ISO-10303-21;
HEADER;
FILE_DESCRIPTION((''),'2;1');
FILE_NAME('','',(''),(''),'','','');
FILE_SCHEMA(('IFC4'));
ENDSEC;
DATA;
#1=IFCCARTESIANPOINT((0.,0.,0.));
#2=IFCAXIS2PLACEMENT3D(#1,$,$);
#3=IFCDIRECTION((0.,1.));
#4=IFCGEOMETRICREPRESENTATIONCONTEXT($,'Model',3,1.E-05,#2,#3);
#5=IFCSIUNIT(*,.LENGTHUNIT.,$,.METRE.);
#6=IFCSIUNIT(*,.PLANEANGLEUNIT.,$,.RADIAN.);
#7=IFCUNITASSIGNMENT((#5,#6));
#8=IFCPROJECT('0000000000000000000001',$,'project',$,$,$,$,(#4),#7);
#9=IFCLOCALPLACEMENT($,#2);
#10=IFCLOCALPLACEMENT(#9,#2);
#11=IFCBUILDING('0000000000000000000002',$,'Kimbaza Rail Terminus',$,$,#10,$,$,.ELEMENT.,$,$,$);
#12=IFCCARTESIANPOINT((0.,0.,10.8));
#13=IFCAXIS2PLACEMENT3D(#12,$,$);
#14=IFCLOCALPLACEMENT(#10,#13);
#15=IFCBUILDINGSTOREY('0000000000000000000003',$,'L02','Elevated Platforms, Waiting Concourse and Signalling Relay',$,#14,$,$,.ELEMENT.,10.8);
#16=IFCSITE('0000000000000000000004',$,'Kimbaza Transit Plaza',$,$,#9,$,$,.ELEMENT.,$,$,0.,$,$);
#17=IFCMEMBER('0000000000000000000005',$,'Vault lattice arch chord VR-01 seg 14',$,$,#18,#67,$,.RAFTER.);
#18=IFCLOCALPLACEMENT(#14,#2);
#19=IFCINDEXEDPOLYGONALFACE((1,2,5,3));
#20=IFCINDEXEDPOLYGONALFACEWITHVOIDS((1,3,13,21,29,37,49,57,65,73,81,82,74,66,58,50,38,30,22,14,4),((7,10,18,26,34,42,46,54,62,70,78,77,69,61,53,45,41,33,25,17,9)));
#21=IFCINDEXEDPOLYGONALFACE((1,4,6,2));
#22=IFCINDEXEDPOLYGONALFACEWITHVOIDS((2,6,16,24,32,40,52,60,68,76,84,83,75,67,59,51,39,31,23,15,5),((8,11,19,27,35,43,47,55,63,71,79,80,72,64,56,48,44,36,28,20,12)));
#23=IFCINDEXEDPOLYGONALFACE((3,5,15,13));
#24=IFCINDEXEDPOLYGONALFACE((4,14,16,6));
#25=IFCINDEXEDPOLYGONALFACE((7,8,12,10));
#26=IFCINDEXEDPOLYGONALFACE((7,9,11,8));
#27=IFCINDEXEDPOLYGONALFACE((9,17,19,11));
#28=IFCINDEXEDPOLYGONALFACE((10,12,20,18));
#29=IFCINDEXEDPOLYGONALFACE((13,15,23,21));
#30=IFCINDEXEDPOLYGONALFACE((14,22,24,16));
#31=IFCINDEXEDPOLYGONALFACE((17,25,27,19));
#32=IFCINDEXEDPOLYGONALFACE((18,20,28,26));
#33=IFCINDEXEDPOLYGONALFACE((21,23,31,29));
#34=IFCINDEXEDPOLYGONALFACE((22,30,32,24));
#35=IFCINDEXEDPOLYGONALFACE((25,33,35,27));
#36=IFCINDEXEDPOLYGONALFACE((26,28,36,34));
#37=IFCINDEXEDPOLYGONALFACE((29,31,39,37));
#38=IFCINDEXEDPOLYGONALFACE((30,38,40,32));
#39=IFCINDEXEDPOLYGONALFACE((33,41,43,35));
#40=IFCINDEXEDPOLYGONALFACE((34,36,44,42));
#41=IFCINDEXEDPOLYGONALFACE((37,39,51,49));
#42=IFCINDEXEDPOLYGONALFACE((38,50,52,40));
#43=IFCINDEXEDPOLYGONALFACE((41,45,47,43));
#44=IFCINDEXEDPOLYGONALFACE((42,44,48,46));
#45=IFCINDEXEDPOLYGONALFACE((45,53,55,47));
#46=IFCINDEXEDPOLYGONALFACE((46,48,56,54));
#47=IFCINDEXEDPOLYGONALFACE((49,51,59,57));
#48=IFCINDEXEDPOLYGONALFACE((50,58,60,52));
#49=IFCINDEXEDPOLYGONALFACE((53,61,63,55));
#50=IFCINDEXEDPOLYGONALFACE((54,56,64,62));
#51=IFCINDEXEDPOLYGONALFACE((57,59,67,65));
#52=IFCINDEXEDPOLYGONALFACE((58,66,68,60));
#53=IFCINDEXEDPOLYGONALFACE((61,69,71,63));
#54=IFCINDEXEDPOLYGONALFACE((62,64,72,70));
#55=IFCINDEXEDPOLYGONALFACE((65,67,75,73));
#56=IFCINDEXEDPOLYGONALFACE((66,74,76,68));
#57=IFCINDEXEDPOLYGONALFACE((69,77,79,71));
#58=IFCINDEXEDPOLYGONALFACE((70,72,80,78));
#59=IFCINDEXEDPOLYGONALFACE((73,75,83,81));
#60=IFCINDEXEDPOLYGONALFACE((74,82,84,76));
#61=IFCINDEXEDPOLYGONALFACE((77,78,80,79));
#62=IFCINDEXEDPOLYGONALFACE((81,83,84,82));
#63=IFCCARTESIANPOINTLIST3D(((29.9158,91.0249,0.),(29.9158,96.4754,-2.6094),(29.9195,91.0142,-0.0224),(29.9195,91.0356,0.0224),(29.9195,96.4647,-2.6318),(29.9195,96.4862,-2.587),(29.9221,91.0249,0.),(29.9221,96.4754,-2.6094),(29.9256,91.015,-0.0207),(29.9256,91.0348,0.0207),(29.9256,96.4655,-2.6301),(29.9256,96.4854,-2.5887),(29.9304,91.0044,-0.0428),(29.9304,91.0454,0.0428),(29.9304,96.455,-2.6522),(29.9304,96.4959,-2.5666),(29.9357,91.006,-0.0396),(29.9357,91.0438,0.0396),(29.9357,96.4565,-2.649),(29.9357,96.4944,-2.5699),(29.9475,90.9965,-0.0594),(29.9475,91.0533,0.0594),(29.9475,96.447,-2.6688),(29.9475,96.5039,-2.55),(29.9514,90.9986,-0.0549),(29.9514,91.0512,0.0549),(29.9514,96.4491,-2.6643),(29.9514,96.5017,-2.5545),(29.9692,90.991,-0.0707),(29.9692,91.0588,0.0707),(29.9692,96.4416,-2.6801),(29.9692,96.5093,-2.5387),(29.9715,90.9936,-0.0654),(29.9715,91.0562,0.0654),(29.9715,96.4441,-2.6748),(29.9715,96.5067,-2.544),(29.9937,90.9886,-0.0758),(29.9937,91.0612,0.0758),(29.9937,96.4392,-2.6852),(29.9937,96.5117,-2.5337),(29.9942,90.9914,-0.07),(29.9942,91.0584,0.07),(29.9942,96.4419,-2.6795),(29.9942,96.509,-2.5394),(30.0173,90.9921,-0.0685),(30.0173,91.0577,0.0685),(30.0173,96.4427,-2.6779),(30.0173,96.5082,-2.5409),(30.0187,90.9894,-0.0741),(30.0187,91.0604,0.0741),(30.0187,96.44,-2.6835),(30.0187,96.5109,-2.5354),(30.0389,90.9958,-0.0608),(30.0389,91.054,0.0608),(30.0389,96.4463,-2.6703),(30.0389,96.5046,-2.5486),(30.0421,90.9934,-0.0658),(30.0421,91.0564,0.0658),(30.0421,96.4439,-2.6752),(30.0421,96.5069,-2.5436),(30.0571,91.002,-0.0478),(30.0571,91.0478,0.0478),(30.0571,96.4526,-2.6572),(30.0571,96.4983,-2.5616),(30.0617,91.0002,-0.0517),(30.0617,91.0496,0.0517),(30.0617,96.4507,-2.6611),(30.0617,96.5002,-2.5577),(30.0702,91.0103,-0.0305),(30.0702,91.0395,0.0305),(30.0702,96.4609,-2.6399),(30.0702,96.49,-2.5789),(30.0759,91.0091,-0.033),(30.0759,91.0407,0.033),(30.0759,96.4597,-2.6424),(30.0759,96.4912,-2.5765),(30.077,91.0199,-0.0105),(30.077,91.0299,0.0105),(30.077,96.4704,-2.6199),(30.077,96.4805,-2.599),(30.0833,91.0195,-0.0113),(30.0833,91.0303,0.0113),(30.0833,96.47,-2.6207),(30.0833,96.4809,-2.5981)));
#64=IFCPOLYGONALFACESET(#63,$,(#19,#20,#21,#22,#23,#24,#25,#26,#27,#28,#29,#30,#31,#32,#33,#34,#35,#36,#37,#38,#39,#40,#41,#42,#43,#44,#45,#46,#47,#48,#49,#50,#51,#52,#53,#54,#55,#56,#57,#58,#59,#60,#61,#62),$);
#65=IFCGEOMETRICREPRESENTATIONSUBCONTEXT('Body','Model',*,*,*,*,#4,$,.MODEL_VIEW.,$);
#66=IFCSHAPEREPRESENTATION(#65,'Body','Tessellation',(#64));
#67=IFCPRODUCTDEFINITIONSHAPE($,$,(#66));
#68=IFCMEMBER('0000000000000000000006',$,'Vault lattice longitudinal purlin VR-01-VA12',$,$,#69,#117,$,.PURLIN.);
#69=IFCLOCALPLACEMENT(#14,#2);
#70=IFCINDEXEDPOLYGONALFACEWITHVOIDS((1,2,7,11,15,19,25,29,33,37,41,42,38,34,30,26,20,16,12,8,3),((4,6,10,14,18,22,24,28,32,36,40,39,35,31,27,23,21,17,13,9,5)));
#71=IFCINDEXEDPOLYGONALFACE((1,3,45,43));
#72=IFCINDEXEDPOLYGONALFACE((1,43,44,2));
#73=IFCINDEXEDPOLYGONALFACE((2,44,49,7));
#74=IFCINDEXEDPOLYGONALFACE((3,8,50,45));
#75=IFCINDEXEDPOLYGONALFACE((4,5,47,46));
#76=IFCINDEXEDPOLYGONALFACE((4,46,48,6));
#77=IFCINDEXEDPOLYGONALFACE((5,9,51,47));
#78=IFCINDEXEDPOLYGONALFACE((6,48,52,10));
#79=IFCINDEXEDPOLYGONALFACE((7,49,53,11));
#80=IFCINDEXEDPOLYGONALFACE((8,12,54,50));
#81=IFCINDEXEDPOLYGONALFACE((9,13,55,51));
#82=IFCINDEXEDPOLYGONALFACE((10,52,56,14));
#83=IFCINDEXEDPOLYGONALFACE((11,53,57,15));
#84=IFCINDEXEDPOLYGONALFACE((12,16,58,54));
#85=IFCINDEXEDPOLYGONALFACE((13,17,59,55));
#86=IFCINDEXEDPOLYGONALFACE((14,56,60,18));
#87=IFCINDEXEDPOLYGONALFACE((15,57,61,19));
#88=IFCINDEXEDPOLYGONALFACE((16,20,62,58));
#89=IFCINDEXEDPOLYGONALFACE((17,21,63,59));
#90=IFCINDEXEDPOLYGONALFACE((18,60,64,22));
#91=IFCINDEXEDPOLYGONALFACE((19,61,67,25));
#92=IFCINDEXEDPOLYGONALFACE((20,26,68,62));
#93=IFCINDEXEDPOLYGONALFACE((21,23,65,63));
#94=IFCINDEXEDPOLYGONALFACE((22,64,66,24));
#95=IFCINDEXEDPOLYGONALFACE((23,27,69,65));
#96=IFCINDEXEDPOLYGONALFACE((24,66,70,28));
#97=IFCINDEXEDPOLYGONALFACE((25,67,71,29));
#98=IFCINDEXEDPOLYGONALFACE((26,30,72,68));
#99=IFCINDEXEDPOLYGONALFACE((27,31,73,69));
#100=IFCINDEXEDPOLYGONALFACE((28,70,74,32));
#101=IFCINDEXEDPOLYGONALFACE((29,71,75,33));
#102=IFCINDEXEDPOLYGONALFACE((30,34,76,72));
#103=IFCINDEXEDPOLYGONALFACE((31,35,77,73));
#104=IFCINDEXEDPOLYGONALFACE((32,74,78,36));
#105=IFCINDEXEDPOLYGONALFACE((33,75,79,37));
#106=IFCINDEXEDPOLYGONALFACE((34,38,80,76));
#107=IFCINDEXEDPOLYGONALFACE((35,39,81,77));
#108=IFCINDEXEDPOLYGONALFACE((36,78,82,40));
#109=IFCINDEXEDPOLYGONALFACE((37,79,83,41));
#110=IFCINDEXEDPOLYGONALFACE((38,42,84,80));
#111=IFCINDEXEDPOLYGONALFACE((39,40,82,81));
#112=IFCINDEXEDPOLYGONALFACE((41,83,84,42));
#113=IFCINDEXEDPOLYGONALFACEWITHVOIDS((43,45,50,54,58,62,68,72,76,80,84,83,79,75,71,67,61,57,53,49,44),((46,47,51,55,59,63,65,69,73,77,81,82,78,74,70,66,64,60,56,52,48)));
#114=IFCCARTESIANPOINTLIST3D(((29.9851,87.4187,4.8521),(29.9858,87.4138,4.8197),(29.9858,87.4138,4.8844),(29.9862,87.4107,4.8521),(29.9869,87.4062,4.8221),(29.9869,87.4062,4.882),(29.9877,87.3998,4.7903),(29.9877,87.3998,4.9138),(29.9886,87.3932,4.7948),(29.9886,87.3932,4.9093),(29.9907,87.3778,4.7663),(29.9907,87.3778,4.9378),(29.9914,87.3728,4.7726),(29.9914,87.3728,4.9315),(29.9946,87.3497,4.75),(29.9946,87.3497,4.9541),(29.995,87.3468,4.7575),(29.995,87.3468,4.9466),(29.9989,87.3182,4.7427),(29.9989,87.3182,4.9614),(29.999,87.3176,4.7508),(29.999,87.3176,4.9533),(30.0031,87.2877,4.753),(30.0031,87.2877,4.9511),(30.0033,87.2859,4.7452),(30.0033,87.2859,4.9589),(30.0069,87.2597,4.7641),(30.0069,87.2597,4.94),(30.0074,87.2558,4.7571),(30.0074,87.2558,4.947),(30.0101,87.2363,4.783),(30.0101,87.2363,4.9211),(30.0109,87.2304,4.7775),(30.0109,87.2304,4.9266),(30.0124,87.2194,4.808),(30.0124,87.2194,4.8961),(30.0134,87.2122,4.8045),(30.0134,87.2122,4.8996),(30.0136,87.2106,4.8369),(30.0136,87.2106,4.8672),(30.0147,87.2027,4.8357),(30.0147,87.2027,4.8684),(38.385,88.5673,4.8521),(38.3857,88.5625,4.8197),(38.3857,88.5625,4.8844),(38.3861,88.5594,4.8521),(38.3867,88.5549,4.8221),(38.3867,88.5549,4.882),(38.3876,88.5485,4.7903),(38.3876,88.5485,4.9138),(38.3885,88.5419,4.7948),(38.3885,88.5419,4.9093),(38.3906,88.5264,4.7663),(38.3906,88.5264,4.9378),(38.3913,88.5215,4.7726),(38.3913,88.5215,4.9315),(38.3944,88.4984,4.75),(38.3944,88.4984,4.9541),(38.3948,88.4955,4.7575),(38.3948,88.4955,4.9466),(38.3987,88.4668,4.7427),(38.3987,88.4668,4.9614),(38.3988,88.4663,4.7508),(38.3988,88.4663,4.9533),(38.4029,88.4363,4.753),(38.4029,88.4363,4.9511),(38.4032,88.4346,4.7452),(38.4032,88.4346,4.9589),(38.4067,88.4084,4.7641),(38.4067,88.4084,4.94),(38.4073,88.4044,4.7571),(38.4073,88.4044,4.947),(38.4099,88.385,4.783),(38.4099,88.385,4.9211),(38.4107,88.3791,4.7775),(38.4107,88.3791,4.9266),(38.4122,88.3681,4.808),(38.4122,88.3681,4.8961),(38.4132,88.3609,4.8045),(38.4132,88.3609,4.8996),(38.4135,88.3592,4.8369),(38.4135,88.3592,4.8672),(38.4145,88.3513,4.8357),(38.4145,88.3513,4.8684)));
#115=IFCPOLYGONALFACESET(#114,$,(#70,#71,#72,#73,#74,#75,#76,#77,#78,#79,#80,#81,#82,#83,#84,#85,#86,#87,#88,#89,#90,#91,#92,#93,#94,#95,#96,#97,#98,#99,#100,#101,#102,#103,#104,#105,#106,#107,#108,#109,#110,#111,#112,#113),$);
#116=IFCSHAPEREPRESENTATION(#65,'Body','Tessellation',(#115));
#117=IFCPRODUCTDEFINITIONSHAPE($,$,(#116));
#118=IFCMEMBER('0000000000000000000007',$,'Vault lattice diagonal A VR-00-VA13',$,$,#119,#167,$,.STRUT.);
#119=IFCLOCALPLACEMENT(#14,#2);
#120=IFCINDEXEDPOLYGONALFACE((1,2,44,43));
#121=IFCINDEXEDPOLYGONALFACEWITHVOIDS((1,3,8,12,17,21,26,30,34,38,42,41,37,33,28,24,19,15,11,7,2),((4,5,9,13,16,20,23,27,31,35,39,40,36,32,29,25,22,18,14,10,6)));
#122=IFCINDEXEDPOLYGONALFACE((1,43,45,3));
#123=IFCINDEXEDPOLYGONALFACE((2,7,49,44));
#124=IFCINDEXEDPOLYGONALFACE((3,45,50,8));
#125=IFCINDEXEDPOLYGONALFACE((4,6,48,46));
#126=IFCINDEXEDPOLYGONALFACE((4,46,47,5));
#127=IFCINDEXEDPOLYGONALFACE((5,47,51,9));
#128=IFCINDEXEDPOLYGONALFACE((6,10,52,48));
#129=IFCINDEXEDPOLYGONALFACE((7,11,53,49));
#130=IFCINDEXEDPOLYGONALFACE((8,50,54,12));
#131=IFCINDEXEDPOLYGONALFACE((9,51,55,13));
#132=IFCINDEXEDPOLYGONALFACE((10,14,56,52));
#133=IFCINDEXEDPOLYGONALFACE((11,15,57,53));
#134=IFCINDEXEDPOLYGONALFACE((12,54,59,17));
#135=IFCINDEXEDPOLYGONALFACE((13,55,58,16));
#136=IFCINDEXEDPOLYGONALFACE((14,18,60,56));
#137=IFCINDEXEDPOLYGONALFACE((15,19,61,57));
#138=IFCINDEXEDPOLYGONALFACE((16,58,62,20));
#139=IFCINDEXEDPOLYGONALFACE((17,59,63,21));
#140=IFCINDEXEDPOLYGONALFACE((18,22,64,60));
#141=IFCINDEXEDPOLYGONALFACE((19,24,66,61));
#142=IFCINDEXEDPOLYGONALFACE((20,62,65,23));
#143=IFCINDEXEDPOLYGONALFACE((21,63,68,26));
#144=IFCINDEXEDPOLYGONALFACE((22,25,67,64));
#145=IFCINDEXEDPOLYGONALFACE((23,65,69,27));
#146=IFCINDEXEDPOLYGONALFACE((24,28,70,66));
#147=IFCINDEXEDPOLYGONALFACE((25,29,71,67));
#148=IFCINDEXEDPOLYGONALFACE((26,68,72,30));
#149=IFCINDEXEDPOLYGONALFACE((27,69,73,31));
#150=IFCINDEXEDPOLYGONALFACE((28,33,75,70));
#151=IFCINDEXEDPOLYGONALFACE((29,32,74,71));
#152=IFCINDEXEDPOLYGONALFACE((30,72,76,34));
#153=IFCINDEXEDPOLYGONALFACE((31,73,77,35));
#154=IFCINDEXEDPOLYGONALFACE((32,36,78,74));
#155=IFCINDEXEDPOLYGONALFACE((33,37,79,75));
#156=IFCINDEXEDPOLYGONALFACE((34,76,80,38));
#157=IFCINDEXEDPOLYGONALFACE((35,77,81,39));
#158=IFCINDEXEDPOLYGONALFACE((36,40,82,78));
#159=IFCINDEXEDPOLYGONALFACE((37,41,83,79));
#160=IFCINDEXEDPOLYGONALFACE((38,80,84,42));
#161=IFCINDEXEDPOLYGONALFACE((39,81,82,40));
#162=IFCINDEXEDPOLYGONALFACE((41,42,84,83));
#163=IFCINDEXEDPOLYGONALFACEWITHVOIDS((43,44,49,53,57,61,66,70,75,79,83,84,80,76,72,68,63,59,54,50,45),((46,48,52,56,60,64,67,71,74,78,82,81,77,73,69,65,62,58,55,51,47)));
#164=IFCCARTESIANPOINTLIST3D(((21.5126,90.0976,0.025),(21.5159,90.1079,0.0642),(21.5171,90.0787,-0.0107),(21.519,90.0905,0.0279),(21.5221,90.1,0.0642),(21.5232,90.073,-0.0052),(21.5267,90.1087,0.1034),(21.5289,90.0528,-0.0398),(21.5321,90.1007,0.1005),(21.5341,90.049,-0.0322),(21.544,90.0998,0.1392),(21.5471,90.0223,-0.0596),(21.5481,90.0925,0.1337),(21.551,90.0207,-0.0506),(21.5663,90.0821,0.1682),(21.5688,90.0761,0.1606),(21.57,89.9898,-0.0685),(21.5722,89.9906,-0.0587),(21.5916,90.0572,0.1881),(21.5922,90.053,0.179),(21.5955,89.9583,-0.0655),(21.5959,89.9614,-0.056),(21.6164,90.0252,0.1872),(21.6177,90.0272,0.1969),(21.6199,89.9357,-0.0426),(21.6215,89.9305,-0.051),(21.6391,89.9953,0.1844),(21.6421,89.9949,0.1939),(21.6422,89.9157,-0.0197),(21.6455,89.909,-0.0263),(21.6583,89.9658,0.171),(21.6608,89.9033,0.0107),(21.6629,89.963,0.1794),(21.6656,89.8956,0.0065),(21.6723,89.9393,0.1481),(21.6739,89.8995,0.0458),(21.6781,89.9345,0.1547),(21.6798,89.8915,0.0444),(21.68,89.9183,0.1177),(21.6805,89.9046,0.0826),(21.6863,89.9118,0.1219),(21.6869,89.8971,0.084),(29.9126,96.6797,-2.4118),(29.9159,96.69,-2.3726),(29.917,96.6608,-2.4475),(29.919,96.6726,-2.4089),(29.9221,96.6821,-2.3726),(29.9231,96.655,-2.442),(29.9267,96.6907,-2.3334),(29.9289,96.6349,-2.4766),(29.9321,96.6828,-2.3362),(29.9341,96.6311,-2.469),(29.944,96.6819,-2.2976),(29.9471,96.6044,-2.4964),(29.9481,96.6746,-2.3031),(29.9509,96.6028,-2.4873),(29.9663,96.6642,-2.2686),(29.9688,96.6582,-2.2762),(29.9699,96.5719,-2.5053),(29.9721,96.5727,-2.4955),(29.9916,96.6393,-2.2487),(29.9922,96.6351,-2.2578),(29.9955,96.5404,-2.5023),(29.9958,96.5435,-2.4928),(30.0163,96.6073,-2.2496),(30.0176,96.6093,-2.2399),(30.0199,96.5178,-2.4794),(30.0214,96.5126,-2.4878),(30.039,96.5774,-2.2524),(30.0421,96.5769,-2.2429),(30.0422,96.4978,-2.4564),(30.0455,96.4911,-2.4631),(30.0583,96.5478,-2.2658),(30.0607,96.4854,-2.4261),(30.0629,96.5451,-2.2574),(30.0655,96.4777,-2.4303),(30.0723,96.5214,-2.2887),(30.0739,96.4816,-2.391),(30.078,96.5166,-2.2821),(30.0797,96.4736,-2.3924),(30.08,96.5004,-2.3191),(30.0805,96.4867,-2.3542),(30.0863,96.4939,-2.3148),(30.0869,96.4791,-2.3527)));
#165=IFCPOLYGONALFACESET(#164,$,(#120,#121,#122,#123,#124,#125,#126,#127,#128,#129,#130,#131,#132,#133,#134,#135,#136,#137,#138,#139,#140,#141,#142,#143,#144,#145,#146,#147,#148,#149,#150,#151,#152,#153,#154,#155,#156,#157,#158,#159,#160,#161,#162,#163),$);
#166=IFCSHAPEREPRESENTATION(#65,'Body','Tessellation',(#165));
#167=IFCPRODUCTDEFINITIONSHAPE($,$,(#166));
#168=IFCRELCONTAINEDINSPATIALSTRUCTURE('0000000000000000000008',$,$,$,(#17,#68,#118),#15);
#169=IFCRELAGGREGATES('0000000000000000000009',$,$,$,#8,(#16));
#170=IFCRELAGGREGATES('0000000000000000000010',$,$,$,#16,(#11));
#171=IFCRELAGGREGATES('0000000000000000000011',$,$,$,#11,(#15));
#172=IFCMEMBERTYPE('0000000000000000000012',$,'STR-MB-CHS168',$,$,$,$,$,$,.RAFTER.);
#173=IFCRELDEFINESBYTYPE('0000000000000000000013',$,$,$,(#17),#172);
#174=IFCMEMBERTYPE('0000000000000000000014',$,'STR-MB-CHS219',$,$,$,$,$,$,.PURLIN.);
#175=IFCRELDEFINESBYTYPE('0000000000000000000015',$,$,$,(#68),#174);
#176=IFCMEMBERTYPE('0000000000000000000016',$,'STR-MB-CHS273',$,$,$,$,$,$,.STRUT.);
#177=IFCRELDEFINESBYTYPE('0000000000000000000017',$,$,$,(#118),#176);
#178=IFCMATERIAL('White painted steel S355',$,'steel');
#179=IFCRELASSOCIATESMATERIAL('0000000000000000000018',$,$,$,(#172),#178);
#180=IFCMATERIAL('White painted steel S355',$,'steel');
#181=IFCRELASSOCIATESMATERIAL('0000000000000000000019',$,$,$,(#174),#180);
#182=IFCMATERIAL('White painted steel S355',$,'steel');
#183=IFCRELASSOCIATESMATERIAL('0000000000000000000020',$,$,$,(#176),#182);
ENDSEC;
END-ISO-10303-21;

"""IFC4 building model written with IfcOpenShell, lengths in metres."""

from ifc_helpers import new_model, si_unit, direction, frame, origin, origin_2d, place, context, subcontext, project, spatial, hollow_circle, extrude, material, material_profile, profile_set, type_object, element, save


model = new_model("IFC4")

# Units and contexts
model_context = context("Model", 3, precision=1e-05, world=origin(), true_north=direction((0.0, 1.0)))
body_context = subcontext(model_context, "Body", "Model", "MODEL_VIEW")
ifc_project = project(units=[si_unit("LENGTHUNIT", "METRE"), si_unit("PLANEANGLEUNIT", "RADIAN")], contexts=[model_context])

# Site, building, storey
site_placement = place(None, origin())
site = spatial("IfcSite", under=ifc_project, at=site_placement, Name="Kimbaza Transit Plaza", CompositionType="ELEMENT", RefElevation=0.0)
building_placement = place(site_placement, origin())
building = spatial("IfcBuilding", under=site, at=building_placement, Name="Kimbaza Rail Terminus", CompositionType="ELEMENT")
storey_placement = place(building_placement, frame((0.0, 0.0, 10.8)))
storey = spatial("IfcBuildingStorey", under=building, at=storey_placement, Name="L02", Description="Elevated Platforms, Waiting Concourse and Signalling Relay", CompositionType="ELEMENT", Elevation=10.8)

# Members
ifc_material_1 = material(Name="White painted steel S355", Category="steel")
ifc_material_profile_1 = material_profile(ifc_material_1, hollow_circle(Radius=0.0842, WallThickness=0.0063, at=origin_2d()), Name="CHS 168.3x6.3")
ifc_profile_set_1 = profile_set([ifc_material_profile_1], Name="White painted steel S355")
member_type_1 = type_object("IfcMemberType", Name="STR-MB-CHS168", PredefinedType="RAFTER", material=ifc_profile_set_1)
for number, where, z_axis, x_axis, name in (
    (1, (30.0, 91.0249, 0.0), (0.0, 0.901964, -0.431811), (-1.0, 0.0, 0.0), "Vault lattice arch chord VR-01 seg 14"),
):
    element("IfcMember", number, at=place(storey_placement, frame(where, z_axis=z_axis, x_axis=x_axis)), inside=storey, type_object=member_type_1, Name=name, PredefinedType="RAFTER", context=body_context, shape_type="SweptSolid", body=[
        extrude(hollow_circle(Radius=0.0842, WallThickness=0.0063, at=origin_2d()), origin(), (0.0, 0.0, 1.0), 6.043),
    ])
ifc_material_2 = material(Name="White painted steel S355", Category="steel")
ifc_material_profile_2 = material_profile(ifc_material_2, hollow_circle(Radius=0.1096, WallThickness=0.0081, at=origin_2d()), Name="CHS 219.1x8")
ifc_profile_set_2 = profile_set([ifc_material_profile_2], Name="White painted steel S355")
member_type_2 = type_object("IfcMemberType", Name="STR-MB-CHS219", PredefinedType="PURLIN", material=ifc_profile_set_2)
member_1_placement = place(storey_placement, frame((30.0, 87.3101, 4.8521), z_axis=(0.990779, 0.135488, 0.0), x_axis=(-0.135488, 0.990779, 0.0)))
element("IfcMember", 2, at=member_1_placement, inside=storey, type_object=member_type_2, Name="Vault lattice longitudinal purlin VR-01-VA12", PredefinedType="PURLIN", context=body_context, shape_type="SweptSolid", body=[
    extrude(hollow_circle(Radius=0.1096, WallThickness=0.0081, at=origin_2d()), origin(), (0.0, 0.0, 1.0), 8.478),
])
ifc_material_3 = material(Name="White painted steel S355", Category="steel")
ifc_material_profile_3 = material_profile(ifc_material_3, hollow_circle(Radius=0.1365, WallThickness=0.01, at=origin_2d()), Name="CHS 273x10")
ifc_profile_set_3 = profile_set([ifc_material_profile_3], Name="White painted steel S355")
member_type_3 = type_object("IfcMemberType", Name="STR-MB-CHS273", PredefinedType="STRUT", material=ifc_profile_set_3)
member_2_placement = place(storey_placement, frame((21.6001, 90.0005, 0.0642), z_axis=(0.767381, 0.601307, -0.222613), x_axis=(-0.616784, 0.787132, 0.0)))
element("IfcMember", 3, at=member_2_placement, inside=storey, type_object=member_type_3, Name="Vault lattice diagonal A VR-00-VA13", PredefinedType="STRUT", context=body_context, shape_type="SweptSolid", body=[
    extrude(hollow_circle(Radius=0.1365, WallThickness=0.01, at=origin_2d()), origin(), (0.0, 0.0, 1.0), 10.9463),
])

save(model, "model.ifc")
